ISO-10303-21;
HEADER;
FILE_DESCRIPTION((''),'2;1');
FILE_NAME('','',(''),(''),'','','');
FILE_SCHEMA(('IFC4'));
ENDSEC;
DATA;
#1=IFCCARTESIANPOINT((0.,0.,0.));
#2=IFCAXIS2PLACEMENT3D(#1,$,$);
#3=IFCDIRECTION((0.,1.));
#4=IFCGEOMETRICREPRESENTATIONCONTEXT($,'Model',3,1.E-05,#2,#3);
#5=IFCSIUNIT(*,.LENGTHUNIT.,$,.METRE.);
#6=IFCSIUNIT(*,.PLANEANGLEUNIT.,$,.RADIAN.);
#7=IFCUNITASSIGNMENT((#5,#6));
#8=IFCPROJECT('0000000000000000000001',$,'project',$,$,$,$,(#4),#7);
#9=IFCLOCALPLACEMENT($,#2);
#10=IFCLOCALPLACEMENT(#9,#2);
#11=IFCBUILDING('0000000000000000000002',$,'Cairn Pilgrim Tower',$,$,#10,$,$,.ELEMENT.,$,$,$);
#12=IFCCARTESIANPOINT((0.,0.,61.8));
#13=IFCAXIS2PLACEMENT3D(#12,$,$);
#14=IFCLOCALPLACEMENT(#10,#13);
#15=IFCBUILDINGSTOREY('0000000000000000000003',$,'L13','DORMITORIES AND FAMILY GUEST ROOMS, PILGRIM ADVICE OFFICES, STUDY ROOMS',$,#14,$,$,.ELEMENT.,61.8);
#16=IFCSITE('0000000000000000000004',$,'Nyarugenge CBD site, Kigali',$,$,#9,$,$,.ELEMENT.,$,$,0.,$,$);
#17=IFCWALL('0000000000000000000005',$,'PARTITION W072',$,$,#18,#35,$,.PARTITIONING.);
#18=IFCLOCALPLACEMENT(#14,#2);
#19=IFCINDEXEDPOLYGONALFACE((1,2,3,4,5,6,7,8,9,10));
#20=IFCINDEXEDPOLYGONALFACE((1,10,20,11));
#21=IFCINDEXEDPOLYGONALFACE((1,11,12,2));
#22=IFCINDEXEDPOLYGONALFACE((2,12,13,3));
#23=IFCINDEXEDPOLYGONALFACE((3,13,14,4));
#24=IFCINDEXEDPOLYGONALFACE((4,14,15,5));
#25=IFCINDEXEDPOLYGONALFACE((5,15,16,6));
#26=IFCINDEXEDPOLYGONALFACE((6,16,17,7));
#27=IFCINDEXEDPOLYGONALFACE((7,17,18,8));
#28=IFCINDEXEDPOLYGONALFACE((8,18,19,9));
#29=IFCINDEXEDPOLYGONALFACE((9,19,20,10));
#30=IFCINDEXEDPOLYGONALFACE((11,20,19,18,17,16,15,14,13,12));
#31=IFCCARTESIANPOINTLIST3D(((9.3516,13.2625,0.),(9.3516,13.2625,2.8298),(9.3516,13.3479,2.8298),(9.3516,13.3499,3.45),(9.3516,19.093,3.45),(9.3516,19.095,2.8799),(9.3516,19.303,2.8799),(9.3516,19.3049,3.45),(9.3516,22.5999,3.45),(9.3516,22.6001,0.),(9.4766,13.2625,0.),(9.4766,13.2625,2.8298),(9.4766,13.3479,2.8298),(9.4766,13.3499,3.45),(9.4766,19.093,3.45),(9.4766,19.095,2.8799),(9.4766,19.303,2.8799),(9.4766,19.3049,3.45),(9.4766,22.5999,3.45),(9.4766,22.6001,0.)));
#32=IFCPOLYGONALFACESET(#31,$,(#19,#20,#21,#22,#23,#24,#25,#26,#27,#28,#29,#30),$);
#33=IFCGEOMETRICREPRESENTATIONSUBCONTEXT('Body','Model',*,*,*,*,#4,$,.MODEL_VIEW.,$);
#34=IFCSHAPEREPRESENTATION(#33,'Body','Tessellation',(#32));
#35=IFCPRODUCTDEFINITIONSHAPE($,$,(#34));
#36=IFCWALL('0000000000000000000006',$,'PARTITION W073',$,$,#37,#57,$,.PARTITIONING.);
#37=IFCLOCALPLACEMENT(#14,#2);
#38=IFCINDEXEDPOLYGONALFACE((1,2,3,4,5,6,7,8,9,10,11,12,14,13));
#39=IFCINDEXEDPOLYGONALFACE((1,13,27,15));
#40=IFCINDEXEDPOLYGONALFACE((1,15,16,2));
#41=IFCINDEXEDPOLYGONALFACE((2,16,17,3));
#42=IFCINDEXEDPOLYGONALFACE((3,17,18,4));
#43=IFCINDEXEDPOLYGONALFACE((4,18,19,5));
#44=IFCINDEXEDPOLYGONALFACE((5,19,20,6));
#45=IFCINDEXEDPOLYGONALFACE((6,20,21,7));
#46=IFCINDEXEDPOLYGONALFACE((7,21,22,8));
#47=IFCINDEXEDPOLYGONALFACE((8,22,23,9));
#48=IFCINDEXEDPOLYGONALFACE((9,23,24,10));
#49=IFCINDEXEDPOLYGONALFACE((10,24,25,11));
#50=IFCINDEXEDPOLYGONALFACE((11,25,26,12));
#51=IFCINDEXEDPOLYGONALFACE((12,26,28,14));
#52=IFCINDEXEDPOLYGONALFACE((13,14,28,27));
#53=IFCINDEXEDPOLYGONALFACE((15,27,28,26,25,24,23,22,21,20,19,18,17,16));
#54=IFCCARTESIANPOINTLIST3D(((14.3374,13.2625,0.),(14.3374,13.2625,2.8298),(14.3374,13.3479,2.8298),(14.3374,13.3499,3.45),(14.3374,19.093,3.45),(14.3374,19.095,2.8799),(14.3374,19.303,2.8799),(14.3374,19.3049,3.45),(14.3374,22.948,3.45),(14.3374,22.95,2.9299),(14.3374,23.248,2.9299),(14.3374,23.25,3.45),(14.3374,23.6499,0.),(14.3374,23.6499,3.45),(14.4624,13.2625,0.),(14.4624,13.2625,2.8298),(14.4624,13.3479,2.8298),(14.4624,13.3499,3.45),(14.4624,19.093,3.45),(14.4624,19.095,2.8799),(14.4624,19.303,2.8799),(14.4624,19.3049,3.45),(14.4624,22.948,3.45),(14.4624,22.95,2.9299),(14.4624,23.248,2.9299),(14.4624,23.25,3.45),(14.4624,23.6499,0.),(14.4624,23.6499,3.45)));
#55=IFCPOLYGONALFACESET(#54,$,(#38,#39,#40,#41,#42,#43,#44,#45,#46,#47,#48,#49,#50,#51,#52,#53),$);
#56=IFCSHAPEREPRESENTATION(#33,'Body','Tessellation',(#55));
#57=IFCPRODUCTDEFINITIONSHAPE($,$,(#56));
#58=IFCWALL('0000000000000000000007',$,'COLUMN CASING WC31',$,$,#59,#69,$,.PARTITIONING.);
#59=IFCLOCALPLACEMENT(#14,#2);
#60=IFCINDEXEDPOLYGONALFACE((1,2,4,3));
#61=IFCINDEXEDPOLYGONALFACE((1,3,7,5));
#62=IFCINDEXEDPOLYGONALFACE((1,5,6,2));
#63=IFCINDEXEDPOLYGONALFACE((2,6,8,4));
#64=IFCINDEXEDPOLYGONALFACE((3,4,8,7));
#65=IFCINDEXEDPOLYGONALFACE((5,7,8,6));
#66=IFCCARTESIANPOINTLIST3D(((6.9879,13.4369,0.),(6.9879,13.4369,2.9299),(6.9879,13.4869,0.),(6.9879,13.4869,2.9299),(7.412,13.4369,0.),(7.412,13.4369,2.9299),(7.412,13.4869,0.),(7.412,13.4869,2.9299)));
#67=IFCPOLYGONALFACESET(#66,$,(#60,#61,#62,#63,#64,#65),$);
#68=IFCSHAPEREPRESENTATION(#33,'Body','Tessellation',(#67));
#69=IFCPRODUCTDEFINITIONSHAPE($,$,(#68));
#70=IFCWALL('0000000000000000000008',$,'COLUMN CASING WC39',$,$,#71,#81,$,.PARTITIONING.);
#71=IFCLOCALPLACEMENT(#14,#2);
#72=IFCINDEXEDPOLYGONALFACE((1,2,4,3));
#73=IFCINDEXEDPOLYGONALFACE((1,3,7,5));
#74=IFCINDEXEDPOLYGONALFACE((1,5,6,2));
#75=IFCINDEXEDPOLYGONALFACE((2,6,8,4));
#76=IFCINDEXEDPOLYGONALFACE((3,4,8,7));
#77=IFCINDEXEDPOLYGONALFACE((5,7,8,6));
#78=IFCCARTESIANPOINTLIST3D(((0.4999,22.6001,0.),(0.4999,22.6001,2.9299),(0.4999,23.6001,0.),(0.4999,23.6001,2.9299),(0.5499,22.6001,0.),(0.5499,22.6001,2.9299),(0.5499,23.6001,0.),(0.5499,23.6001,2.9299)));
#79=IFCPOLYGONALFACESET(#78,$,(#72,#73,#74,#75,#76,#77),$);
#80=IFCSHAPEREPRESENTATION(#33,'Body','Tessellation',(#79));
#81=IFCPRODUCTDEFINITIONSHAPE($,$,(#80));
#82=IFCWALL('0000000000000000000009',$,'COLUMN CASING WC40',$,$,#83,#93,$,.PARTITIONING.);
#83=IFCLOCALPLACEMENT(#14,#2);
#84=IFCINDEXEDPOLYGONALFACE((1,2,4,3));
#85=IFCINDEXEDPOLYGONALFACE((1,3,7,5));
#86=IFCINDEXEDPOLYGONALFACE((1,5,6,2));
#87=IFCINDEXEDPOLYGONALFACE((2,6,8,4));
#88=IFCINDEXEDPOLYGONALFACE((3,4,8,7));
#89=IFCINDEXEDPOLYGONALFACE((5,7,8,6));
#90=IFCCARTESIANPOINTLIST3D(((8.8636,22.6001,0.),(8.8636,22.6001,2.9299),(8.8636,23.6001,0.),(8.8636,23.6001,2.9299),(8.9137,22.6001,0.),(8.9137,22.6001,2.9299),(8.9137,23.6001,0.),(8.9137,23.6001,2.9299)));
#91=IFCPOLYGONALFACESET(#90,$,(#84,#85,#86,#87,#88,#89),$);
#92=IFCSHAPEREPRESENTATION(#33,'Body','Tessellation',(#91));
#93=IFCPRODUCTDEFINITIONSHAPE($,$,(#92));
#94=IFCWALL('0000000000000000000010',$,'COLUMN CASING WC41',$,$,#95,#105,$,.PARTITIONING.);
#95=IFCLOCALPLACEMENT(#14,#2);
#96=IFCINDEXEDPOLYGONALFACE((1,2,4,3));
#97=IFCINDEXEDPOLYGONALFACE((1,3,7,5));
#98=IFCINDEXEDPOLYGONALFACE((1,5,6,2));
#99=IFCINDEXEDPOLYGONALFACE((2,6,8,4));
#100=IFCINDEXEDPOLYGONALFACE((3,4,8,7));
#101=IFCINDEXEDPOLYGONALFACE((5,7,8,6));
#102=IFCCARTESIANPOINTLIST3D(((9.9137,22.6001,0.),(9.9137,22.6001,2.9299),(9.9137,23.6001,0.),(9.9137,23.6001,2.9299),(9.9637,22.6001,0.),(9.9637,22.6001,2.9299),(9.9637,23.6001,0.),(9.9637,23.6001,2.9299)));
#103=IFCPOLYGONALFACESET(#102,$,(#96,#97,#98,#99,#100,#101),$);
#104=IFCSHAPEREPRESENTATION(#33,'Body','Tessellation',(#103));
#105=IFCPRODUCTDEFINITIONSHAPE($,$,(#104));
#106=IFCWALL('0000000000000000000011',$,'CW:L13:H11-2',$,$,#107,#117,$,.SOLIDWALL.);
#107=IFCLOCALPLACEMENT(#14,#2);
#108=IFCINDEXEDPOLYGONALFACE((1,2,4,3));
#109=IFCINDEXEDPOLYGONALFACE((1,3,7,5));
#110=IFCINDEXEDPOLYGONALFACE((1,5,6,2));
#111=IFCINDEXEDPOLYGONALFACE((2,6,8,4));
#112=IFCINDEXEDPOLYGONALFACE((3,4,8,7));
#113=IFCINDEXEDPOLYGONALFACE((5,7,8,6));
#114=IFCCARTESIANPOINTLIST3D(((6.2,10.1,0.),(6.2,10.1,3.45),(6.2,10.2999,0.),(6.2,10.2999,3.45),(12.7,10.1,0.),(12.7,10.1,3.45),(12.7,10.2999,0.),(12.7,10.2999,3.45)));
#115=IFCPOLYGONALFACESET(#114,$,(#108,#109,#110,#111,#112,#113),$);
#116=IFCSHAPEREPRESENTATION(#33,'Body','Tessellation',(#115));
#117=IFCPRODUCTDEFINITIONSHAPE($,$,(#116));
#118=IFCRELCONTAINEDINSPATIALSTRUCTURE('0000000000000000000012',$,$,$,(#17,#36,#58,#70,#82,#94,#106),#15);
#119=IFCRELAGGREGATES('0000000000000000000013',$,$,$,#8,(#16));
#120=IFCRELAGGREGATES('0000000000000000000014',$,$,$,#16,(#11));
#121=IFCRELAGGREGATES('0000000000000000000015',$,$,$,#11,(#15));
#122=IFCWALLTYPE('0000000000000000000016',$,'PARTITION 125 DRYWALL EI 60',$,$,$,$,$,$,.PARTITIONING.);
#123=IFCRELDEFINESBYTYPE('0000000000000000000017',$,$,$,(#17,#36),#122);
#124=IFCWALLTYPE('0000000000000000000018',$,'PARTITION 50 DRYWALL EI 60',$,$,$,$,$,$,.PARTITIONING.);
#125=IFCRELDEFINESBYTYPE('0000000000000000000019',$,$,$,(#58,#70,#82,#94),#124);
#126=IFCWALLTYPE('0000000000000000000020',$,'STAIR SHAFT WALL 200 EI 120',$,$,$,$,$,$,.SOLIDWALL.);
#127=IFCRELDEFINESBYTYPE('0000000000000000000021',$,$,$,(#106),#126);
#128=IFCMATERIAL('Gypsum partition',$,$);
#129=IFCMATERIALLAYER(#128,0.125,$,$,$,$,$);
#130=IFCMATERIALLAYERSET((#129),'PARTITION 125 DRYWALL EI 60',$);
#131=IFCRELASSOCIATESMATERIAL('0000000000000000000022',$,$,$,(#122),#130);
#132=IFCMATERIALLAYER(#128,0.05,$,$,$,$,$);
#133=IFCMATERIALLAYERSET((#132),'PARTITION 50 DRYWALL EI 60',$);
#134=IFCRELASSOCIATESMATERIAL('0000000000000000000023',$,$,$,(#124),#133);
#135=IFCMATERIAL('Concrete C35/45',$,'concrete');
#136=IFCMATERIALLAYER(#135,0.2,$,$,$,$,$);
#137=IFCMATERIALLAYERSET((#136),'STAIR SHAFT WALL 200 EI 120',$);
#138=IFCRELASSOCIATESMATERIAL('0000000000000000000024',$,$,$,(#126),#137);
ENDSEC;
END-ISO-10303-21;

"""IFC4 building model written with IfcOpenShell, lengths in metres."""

from ifc_helpers import new_model, si_unit, direction, frame, frame_2d, origin, place, context, subcontext, project, spatial, polyline, rectangle, outline, extrude, material, layer, layer_set, type_object, element, save


model = new_model("IFC4")

# Units and contexts
model_context = context("Model", 3, precision=1e-05, world=origin(), true_north=direction((0.0, 1.0)))
body_context = subcontext(model_context, "Body", "Model", "MODEL_VIEW")
ifc_project = project(units=[si_unit("LENGTHUNIT", "METRE"), si_unit("PLANEANGLEUNIT", "RADIAN")], contexts=[model_context])

# Site, building, storey
site_placement = place(None, origin())
site = spatial("IfcSite", under=ifc_project, at=site_placement, Name="Nyarugenge CBD site, Kigali", CompositionType="ELEMENT", RefElevation=0.0)
building_placement = place(site_placement, origin())
building = spatial("IfcBuilding", under=site, at=building_placement, Name="Cairn Pilgrim Tower", CompositionType="ELEMENT")
storey_placement = place(building_placement, frame((0.0, 0.0, 61.8)))
storey = spatial("IfcBuildingStorey", under=building, at=storey_placement, Name="L13", Description="DORMITORIES AND FAMILY GUEST ROOMS, PILGRIM ADVICE OFFICES, STUDY ROOMS", CompositionType="ELEMENT", Elevation=61.8)

# Shared definitions
ifc_material_1 = material(Name="Gypsum partition")
ifc_layer_1 = layer(ifc_material_1, 0.125)
ifc_layer_set_1 = layer_set([ifc_layer_1], Name="PARTITION 125 DRYWALL EI 60")
wall_type_1 = type_object("IfcWallType", Name="PARTITION 125 DRYWALL EI 60", PredefinedType="PARTITIONING", material=ifc_layer_set_1)

# Walls
wall_1_placement = place(storey_placement, frame((9.4141, 13.2625, 0.0), z_axis=(0.0, 0.0, 1.0), x_axis=(0.0, 1.0, 0.0)))
element("IfcWall", 1, at=wall_1_placement, inside=storey, type_object=wall_type_1, Name="PARTITION W072", PredefinedType="PARTITIONING", context=body_context, shape_type="SweptSolid", body=[
    extrude(outline(polyline([(0.0, 0.0), (9.3376, 0.0), (9.3374, 3.45), (6.0425, 3.45), (6.0405, 2.8799), (5.8325, 2.8799), (5.8306, 3.45), (0.0874, 3.45), (0.0854, 2.8298), (0.0, 2.8298), (0.0, 0.0)])), frame((0.0, 0.0625, 0.0), z_axis=(0.0, -1.0, 0.0), x_axis=(1.0, 0.0, 0.0)), (0.0, 0.0, 1.0), 0.125),
])
wall_2_placement = place(storey_placement, frame((14.3999, 13.2625, 0.0), z_axis=(0.0, 0.0, 1.0), x_axis=(0.0, 1.0, 0.0)))
element("IfcWall", 2, at=wall_2_placement, inside=storey, type_object=wall_type_1, Name="PARTITION W073", PredefinedType="PARTITIONING", context=body_context, shape_type="SweptSolid", body=[
    extrude(outline(polyline([(0.0, 0.0), (10.3875, 0.0), (10.3875, 3.45), (9.9875, 3.45), (9.9856, 2.9299), (9.6875, 2.9299), (9.6855, 3.45), (6.0425, 3.45), (6.0405, 2.8799), (5.8325, 2.8799), (5.8306, 3.45), (0.0874, 3.45), (0.0854, 2.8298), (0.0, 2.8298), (0.0, 0.0)])), frame((0.0, 0.0625, 0.0), z_axis=(0.0, -1.0, 0.0), x_axis=(1.0, 0.0, 0.0)), (0.0, 0.0, 1.0), 0.125),
])
ifc_layer_2 = layer(ifc_material_1, 0.05)
ifc_layer_set_2 = layer_set([ifc_layer_2], Name="PARTITION 50 DRYWALL EI 60")
wall_type_2 = type_object("IfcWallType", Name="PARTITION 50 DRYWALL EI 60", PredefinedType="PARTITIONING", material=ifc_layer_set_2)
wall_3_placement = place(storey_placement, frame((6.988, 13.4619, 0.0), z_axis=(0.0, 0.0, 1.0), x_axis=(1.0, 0.0, 0.0)))
element("IfcWall", 3, at=wall_3_placement, inside=storey, type_object=wall_type_2, Name="COLUMN CASING WC31", PredefinedType="PARTITIONING", context=body_context, shape_type="SweptSolid", body=[
    extrude(rectangle(XDim=0.4241, YDim=0.05, at=frame_2d((0.2119, 0.0))), origin(), (0.0, 0.0, 1.0), 2.9299),
])
for number, where, z_axis, x_axis, name in (
    (4, (0.5249, 22.6001, 0.0), (0.0, 0.0, 1.0), (0.0, 1.0, 0.0), "COLUMN CASING WC39"),
    (5, (8.8887, 22.6001, 0.0), (0.0, 0.0, 1.0), (0.0, 1.0, 0.0), "COLUMN CASING WC40"),
    (6, (9.9387, 22.6001, 0.0), (0.0, 0.0, 1.0), (0.0, 1.0, 0.0), "COLUMN CASING WC41"),
):
    element("IfcWall", number, at=place(storey_placement, frame(where, z_axis=z_axis, x_axis=x_axis)), inside=storey, type_object=wall_type_2, Name=name, PredefinedType="PARTITIONING", context=body_context, shape_type="SweptSolid", body=[
        extrude(rectangle(XDim=1.0, YDim=0.05, at=frame_2d((0.5, 0.0))), origin(), (0.0, 0.0, 1.0), 2.9299),
    ])
ifc_material_2 = material(Name="Concrete C35/45", Category="concrete")
ifc_layer_3 = layer(ifc_material_2, 0.2)
ifc_layer_set_3 = layer_set([ifc_layer_3], Name="STAIR SHAFT WALL 200 EI 120")
wall_type_3 = type_object("IfcWallType", Name="STAIR SHAFT WALL 200 EI 120", PredefinedType="SOLIDWALL", material=ifc_layer_set_3)
wall_4_placement = place(storey_placement, frame((6.2, 10.2, 0.0), z_axis=(0.0, 0.0, 1.0), x_axis=(1.0, 0.0, 0.0)))
element("IfcWall", 7, at=wall_4_placement, inside=storey, type_object=wall_type_3, Name="CW:L13:H11-2", PredefinedType="SOLIDWALL", context=body_context, shape_type="SweptSolid", body=[
    extrude(rectangle(XDim=6.5, YDim=0.2, at=frame_2d((3.25, 0.0))), origin(), (0.0, 0.0, 1.0), 3.45),
])

save(model, "model.ifc")
